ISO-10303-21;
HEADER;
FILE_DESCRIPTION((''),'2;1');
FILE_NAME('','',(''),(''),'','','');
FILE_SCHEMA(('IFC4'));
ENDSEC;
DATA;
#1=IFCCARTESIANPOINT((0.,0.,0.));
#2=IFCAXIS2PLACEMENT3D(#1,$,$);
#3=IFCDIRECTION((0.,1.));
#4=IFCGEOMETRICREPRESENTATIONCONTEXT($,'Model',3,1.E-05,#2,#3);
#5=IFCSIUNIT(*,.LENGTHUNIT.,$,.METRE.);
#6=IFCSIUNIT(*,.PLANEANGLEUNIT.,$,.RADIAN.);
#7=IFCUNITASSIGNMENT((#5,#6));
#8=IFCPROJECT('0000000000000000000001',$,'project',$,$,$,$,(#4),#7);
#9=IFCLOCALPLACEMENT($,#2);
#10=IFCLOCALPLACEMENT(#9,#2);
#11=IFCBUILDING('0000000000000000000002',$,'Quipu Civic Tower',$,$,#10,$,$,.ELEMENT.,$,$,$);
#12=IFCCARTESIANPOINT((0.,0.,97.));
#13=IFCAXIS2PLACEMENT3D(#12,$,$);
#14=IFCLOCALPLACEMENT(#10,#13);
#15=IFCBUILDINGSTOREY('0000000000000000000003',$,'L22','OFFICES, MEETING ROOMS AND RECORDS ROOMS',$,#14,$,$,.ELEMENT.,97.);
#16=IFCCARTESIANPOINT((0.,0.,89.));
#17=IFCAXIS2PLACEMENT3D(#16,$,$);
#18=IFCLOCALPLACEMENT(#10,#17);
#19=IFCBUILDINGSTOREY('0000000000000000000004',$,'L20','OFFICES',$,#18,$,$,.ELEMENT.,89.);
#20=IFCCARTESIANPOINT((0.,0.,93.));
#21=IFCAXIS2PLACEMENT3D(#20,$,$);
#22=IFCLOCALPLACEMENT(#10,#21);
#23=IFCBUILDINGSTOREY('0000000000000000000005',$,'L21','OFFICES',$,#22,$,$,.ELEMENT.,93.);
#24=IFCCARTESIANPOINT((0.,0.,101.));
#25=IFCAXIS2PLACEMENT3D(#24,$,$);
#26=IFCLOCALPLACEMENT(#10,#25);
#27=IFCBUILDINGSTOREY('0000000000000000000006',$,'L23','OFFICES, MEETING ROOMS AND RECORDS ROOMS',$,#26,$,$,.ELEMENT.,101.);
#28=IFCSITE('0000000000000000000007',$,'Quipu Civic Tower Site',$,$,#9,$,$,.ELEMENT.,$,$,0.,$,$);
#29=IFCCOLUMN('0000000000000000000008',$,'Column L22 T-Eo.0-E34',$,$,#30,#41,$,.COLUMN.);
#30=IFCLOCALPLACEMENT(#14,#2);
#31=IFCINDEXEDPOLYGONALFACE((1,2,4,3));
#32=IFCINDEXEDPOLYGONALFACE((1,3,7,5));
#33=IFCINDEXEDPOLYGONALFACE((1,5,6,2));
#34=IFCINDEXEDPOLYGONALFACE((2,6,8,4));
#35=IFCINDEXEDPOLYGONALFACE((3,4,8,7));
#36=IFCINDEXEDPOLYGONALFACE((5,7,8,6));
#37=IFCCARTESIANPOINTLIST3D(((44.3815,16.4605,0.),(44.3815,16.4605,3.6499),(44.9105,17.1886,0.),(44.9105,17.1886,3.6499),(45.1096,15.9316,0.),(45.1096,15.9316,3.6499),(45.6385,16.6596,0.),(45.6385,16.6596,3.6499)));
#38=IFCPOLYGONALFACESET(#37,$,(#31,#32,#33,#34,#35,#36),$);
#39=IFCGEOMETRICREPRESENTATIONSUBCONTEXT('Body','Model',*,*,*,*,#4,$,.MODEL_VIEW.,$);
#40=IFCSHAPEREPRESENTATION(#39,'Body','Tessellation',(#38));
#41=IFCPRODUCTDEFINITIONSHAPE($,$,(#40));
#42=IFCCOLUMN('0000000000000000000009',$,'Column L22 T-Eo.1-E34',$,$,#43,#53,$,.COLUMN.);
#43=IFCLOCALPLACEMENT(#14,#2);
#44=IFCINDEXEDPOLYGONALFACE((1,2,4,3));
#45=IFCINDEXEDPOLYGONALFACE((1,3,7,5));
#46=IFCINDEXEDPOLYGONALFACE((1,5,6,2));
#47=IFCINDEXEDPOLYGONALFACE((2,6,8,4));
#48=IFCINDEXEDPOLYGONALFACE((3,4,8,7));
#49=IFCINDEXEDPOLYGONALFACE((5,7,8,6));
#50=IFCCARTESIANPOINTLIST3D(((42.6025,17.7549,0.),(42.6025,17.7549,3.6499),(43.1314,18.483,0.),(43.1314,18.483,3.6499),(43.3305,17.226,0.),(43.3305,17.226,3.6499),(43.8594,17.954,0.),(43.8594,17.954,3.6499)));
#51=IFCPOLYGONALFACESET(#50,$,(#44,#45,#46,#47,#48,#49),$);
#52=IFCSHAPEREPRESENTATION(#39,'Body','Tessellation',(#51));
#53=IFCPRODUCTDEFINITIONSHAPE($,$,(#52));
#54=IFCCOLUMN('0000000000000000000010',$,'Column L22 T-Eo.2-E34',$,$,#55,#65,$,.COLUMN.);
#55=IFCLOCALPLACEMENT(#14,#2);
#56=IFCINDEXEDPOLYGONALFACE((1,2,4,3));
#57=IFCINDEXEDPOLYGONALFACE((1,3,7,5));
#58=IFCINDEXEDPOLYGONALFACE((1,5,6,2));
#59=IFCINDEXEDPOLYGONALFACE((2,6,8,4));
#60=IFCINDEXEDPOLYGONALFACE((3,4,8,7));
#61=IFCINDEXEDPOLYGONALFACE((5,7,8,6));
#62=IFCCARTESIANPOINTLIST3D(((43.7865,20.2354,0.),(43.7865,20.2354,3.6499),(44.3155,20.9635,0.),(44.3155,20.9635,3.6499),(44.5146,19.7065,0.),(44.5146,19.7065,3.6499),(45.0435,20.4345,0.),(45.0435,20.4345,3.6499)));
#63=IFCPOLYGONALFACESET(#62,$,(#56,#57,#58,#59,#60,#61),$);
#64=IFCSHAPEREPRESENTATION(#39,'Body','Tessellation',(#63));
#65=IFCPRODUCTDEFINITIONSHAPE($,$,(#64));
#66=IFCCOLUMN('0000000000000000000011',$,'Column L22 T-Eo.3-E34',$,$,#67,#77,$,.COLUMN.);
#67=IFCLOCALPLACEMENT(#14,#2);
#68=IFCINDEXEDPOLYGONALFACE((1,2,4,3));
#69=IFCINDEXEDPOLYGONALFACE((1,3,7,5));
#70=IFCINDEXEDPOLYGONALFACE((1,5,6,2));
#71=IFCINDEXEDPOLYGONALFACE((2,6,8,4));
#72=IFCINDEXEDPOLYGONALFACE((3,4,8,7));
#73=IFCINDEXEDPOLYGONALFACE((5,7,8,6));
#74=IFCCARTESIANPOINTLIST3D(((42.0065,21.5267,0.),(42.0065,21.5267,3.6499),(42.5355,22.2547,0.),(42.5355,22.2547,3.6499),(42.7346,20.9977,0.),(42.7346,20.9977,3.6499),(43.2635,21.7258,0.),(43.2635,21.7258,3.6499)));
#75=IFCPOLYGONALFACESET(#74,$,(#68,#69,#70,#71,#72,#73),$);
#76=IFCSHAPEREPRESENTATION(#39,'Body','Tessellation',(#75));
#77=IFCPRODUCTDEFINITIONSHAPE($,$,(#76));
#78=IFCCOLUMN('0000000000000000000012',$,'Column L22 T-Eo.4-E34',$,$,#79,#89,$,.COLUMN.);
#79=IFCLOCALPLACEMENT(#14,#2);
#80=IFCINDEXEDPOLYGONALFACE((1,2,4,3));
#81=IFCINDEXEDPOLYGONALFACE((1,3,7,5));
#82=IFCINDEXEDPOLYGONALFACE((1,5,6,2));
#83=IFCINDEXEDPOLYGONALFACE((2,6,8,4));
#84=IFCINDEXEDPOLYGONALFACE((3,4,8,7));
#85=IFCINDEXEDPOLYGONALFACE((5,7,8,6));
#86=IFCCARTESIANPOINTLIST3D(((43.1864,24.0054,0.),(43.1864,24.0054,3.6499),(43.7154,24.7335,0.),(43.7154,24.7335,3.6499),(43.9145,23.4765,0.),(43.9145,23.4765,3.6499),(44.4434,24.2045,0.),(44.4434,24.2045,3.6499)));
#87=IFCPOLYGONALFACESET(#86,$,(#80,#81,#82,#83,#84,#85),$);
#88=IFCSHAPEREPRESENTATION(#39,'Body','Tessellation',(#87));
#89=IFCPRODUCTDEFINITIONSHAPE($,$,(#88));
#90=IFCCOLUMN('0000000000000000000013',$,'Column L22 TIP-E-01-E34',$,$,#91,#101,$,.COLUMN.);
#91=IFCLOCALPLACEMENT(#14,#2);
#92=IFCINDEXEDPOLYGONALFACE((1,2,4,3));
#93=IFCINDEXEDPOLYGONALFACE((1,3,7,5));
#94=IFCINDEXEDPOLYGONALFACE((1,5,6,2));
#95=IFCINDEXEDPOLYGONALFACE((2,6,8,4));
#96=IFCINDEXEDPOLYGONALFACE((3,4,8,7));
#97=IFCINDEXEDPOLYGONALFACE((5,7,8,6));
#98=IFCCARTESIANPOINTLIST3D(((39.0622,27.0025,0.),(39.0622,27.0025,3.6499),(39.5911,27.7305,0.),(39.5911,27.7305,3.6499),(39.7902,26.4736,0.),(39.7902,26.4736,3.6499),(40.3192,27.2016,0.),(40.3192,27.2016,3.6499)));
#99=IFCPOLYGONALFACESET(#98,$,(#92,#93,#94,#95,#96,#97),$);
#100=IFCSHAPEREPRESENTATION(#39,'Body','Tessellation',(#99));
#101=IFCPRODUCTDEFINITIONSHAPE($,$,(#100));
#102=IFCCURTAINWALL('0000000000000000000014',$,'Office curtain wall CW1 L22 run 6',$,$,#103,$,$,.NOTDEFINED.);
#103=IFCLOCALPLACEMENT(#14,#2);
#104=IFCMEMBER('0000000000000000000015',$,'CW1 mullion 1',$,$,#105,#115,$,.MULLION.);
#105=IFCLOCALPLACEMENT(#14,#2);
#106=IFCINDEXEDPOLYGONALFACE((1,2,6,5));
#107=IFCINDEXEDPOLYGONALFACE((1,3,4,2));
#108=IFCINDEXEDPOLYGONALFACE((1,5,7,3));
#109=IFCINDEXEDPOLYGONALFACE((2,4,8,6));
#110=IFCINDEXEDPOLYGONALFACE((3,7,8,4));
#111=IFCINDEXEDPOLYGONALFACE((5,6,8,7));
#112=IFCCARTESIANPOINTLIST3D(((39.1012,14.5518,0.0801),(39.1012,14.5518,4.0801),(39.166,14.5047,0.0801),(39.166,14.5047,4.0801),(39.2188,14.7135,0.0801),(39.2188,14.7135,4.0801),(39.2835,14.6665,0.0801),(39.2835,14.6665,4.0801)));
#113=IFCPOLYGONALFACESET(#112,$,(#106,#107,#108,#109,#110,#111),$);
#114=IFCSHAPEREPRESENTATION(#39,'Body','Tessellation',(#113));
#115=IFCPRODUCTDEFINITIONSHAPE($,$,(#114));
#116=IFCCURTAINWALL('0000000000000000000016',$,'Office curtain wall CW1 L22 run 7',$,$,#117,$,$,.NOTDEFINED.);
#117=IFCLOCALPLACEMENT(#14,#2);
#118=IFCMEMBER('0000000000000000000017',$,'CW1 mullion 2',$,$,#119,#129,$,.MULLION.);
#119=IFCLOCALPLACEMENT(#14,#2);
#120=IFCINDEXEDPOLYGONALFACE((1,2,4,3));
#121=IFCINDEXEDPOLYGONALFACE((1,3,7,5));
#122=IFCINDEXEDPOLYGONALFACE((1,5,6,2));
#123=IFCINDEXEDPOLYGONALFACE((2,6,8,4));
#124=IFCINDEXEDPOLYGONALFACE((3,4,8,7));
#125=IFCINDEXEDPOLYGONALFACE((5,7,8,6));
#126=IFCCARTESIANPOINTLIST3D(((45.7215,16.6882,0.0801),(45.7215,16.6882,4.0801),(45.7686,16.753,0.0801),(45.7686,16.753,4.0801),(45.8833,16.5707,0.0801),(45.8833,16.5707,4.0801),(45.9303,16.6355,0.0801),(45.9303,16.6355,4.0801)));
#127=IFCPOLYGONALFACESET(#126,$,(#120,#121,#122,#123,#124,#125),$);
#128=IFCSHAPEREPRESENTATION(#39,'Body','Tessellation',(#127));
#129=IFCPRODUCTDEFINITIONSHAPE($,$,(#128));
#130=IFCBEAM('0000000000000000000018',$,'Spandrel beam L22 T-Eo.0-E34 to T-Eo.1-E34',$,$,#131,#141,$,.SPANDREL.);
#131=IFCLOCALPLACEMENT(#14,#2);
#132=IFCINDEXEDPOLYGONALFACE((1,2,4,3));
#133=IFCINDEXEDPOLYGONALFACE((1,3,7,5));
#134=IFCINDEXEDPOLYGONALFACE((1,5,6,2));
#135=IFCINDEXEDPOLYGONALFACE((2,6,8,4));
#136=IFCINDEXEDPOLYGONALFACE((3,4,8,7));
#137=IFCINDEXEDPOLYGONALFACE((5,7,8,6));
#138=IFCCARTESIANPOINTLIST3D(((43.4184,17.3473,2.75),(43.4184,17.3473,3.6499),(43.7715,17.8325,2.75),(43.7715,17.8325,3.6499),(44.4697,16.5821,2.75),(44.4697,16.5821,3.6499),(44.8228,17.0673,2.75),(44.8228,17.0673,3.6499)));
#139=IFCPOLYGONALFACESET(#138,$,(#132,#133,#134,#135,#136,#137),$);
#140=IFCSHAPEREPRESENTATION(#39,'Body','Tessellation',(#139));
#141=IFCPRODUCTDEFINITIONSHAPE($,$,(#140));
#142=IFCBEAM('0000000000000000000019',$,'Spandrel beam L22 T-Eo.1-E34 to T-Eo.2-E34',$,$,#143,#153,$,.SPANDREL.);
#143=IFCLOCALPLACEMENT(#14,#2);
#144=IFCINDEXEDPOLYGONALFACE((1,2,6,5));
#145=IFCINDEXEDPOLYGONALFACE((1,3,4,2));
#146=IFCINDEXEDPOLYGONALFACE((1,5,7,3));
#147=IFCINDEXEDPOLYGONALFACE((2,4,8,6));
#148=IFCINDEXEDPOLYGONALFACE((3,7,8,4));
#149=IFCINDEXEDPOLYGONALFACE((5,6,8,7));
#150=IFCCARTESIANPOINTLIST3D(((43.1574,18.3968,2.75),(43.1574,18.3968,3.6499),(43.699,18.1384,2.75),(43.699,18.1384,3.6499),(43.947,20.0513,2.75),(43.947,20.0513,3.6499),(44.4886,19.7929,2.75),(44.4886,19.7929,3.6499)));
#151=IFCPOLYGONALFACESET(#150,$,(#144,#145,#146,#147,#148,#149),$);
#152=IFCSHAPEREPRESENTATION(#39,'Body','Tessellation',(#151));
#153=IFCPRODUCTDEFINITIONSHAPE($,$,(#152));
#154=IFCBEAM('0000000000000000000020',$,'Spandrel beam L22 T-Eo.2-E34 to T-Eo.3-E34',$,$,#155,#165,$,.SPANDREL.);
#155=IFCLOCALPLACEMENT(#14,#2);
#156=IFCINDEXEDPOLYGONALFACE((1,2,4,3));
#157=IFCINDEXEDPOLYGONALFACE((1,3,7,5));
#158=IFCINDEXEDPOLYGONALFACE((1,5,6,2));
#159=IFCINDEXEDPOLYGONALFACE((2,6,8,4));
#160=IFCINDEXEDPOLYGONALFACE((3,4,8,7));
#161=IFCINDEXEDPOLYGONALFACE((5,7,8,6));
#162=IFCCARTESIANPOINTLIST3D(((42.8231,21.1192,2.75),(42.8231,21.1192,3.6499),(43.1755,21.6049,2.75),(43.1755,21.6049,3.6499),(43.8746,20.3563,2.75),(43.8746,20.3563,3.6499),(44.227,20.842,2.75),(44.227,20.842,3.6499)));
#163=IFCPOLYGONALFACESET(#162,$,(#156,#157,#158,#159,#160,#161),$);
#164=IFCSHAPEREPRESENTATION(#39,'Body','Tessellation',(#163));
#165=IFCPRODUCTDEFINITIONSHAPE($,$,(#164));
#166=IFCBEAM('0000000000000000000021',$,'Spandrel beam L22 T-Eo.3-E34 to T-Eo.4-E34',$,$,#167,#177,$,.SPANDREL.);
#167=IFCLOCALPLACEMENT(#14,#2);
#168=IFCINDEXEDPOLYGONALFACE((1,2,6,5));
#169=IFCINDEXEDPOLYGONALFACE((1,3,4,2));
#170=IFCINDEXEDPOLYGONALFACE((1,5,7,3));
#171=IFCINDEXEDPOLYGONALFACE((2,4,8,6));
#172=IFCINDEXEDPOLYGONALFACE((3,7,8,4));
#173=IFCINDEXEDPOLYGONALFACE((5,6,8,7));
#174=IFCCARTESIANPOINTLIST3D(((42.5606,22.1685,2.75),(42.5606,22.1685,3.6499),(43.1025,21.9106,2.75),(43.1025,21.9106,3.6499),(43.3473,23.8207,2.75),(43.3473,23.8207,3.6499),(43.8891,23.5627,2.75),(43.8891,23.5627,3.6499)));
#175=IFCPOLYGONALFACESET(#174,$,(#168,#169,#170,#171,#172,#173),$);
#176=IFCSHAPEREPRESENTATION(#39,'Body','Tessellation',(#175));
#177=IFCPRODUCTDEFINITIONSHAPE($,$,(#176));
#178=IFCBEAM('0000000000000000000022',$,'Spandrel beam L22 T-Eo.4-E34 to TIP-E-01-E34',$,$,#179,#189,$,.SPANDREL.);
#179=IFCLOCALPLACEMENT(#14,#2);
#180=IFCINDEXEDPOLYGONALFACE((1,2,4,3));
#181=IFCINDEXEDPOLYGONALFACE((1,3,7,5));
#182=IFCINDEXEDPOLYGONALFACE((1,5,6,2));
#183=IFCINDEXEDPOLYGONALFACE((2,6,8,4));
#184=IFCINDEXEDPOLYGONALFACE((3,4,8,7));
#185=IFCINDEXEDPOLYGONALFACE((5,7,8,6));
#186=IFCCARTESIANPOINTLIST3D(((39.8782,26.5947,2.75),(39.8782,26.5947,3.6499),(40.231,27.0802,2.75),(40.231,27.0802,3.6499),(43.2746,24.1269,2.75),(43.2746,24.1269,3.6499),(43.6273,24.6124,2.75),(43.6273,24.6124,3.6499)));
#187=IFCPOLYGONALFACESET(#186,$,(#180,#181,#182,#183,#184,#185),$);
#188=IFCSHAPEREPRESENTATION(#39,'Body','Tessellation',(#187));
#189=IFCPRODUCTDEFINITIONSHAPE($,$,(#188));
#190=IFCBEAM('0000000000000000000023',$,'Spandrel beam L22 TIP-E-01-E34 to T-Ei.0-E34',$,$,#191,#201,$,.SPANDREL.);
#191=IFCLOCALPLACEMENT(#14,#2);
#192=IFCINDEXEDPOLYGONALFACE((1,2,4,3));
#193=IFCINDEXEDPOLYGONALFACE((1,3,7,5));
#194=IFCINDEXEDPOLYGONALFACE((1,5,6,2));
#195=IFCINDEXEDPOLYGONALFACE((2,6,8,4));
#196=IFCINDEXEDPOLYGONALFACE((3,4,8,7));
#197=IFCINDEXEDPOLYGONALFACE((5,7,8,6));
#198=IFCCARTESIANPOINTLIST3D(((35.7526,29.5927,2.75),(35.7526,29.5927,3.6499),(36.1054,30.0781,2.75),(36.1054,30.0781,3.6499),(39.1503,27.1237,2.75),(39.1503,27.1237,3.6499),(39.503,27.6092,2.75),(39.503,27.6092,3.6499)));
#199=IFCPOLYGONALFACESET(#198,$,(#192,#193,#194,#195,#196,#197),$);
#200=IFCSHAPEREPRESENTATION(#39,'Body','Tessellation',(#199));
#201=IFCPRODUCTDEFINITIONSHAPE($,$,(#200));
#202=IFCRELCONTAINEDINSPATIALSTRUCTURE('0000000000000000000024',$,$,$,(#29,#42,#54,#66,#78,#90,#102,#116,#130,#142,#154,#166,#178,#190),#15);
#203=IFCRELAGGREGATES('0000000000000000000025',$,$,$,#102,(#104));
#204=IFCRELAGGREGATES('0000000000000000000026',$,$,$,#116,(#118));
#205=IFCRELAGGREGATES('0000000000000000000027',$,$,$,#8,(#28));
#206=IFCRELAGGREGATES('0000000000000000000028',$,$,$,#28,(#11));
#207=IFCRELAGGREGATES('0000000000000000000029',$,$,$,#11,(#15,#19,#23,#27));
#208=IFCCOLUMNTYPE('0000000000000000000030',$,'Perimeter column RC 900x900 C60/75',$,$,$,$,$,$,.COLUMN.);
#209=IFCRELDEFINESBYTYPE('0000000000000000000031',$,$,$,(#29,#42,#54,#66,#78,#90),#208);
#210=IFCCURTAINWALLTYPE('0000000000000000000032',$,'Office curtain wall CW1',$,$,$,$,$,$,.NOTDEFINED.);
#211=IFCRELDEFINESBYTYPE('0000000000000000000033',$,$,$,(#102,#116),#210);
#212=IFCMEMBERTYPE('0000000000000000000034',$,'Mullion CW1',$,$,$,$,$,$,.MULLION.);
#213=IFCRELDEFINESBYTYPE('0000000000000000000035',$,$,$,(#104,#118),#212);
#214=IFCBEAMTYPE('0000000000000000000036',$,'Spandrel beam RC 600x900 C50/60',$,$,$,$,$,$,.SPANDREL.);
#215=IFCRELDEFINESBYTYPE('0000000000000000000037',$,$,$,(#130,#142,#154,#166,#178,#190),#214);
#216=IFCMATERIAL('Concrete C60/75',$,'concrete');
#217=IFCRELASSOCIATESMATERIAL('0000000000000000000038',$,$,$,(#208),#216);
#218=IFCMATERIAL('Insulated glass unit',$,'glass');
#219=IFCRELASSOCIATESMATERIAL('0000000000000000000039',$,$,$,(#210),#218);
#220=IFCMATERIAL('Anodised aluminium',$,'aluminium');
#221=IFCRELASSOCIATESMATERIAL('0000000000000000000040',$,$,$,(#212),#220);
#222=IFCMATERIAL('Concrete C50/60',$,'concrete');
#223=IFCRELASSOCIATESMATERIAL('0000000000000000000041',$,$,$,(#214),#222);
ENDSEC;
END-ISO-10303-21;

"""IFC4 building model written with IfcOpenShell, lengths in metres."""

from ifc_helpers import new_model, si_unit, direction, frame, origin, origin_2d, place, context, subcontext, project, spatial, rectangle, extrude, material, material_profile, profile_set, type_object, element, aggregate, save


model = new_model("IFC4")

# Units and contexts
model_context = context("Model", 3, precision=1e-05, world=origin(), true_north=direction((0.0, 1.0)))
body_context = subcontext(model_context, "Body", "Model", "MODEL_VIEW")
ifc_project = project(units=[si_unit("LENGTHUNIT", "METRE"), si_unit("PLANEANGLEUNIT", "RADIAN")], contexts=[model_context])

# Site, building, storey
site_placement = place(None, origin())
site = spatial("IfcSite", under=ifc_project, at=site_placement, Name="Quipu Civic Tower Site", CompositionType="ELEMENT", RefElevation=0.0)
building_placement = place(site_placement, origin())
building = spatial("IfcBuilding", under=site, at=building_placement, Name="Quipu Civic Tower", CompositionType="ELEMENT")
storey_1_placement = place(building_placement, frame((0.0, 0.0, 97.0)))
storey_1 = spatial("IfcBuildingStorey", under=building, at=storey_1_placement, Name="L22", Description="OFFICES, MEETING ROOMS AND RECORDS ROOMS", CompositionType="ELEMENT", Elevation=97.0)

# Columns
ifc_material_1 = material(Name="Concrete C60/75", Category="concrete")
ifc_material_profile_1 = material_profile(ifc_material_1, rectangle(XDim=0.8999, YDim=0.8999, at=origin_2d()), Name="RC900x900")
ifc_profile_set_1 = profile_set([ifc_material_profile_1], Name="Concrete C60/75")
column_type = type_object("IfcColumnType", Name="Perimeter column RC 900x900 C60/75", PredefinedType="COLUMN", material=ifc_profile_set_1)
for number, where, z_axis, x_axis, name in (
    (1, (45.01, 16.5601, 0.0), (0.0, 0.0, 1.0), (0.587785, 0.809017, 0.0), "Column L22 T-Eo.0-E34"),
    (2, (43.231, 17.8545, 0.0), (0.0, 0.0, 1.0), (0.587785, 0.809017, 0.0), "Column L22 T-Eo.1-E34"),
    (3, (44.415, 20.335, 0.0), (0.0, 0.0, 1.0), (0.587785, 0.809017, 0.0), "Column L22 T-Eo.2-E34"),
    (4, (42.635, 21.6262, 0.0), (0.0, 0.0, 1.0), (-0.809017, 0.587785, 0.0), "Column L22 T-Eo.3-E34"),
    (5, (43.8149, 24.105, 0.0), (0.0, 0.0, 1.0), (-0.809017, 0.587785, 0.0), "Column L22 T-Eo.4-E34"),
    (6, (39.6907, 27.1021, 0.0), (0.0, 0.0, 1.0), (-0.809017, 0.587785, 0.0), "Column L22 TIP-E-01-E34"),
):
    element("IfcColumn", number, at=place(storey_1_placement, frame(where, z_axis=z_axis, x_axis=x_axis)), inside=storey_1, type_object=column_type, Name=name, PredefinedType="COLUMN", context=body_context, shape_type="SweptSolid", body=[
        extrude(rectangle(XDim=0.8999, YDim=0.8999, at=origin_2d()), origin(), (0.0, 0.0, 1.0), 3.6499),
    ])

# Curtain walls, members
ifc_material_2 = material(Name="Insulated glass unit", Category="glass")
curtain_wall_type = type_object("IfcCurtainWallType", Name="Office curtain wall CW1", PredefinedType="NOTDEFINED", material=ifc_material_2)
curtain_wall_1_placement = place(storey_1_placement, origin())
curtain_wall_1 = element("IfcCurtainWall", 7, at=curtain_wall_1_placement, inside=storey_1, type_object=curtain_wall_type, Name="Office curtain wall CW1 L22 run 6", PredefinedType="NOTDEFINED")
ifc_material_3 = material(Name="Anodised aluminium", Category="aluminium")
ifc_material_profile_2 = material_profile(ifc_material_3, rectangle(XDim=0.2, YDim=0.0801, at=origin_2d()), Name="RECT 200x80")
ifc_profile_set_2 = profile_set([ifc_material_profile_2], Name="Anodised aluminium")
member_type_1 = type_object("IfcMemberType", Name="Mullion CW1", PredefinedType="MULLION", material=ifc_profile_set_2)
member_1_placement = place(storey_1_placement, frame((39.1924, 14.6091, 0.0801), z_axis=(0.0, 0.0, 1.0), x_axis=(0.587782, 0.809019, 0.0)))
member_1 = element("IfcMember", 8, at=member_1_placement, type_object=member_type_1, Name="CW1 mullion 1", PredefinedType="MULLION", context=body_context, shape_type="SweptSolid", body=[
    extrude(rectangle(XDim=0.2, YDim=0.0801, at=origin_2d()), origin(), (0.0, 0.0, 1.0), 4.0),
])
curtain_wall_2_placement = place(storey_1_placement, origin())
curtain_wall_2 = element("IfcCurtainWall", 9, at=curtain_wall_2_placement, inside=storey_1, type_object=curtain_wall_type, Name="Office curtain wall CW1 L22 run 7", PredefinedType="NOTDEFINED")
member_2_placement = place(storey_1_placement, frame((45.8259, 16.6619, 0.0801), z_axis=(0.0, 0.0, 1.0), x_axis=(-0.809011, 0.587794, 0.0)))
member_2 = element("IfcMember", 10, at=member_2_placement, type_object=member_type_1, Name="CW1 mullion 2", PredefinedType="MULLION", context=body_context, shape_type="SweptSolid", body=[
    extrude(rectangle(XDim=0.2, YDim=0.0801, at=origin_2d()), origin(), (0.0, 0.0, 1.0), 4.0),
])

# Beams
ifc_material_4 = material(Name="Concrete C50/60", Category="concrete")
ifc_material_profile_3 = material_profile(ifc_material_4, rectangle(XDim=0.6001, YDim=0.8999, at=origin_2d()), Name="RC600x900")
ifc_profile_set_3 = profile_set([ifc_material_profile_3], Name="Concrete C50/60")
beam_type = type_object("IfcBeamType", Name="Spandrel beam RC 600x900 C50/60", PredefinedType="SPANDREL", material=ifc_profile_set_3)
beam_1_placement = place(storey_1_placement, frame((44.6462, 16.8247, 3.2), z_axis=(-0.808525, 0.588462, 0.0), x_axis=(-0.588462, -0.808525, 0.0)))
element("IfcBeam", 11, at=beam_1_placement, inside=storey_1, type_object=beam_type, Name="Spandrel beam L22 T-Eo.0-E34 to T-Eo.1-E34", PredefinedType="SPANDREL", context=body_context, shape_type="SweptSolid", body=[
    extrude(rectangle(XDim=0.6001, YDim=0.8999, at=origin_2d()), origin(), (0.0, 0.0, 1.0), 1.3003),
])
beam_2_placement = place(storey_1_placement, frame((43.4282, 18.2676, 3.2), z_axis=(0.430678, 0.902506, 0.0), x_axis=(-0.902506, 0.430678, 0.0)))
element("IfcBeam", 12, at=beam_2_placement, inside=storey_1, type_object=beam_type, Name="Spandrel beam L22 T-Eo.1-E34 to T-Eo.2-E34", PredefinedType="SPANDREL", context=body_context, shape_type="SweptSolid", body=[
    extrude(rectangle(XDim=0.6001, YDim=0.8999, at=origin_2d()), origin(), (0.0, 0.0, 1.0), 1.8333),
])
beam_3_placement = place(storey_1_placement, frame((44.0508, 20.5991, 3.2), z_axis=(-0.809394, 0.587266, 0.0), x_axis=(-0.587266, -0.809394, 0.0)))
element("IfcBeam", 13, at=beam_3_placement, inside=storey_1, type_object=beam_type, Name="Spandrel beam L22 T-Eo.2-E34 to T-Eo.3-E34", PredefinedType="SPANDREL", context=body_context, shape_type="SweptSolid", body=[
    extrude(rectangle(XDim=0.6001, YDim=0.8999, at=origin_2d()), origin(), (0.0, 0.0, 1.0), 1.2991),
])
beam_4_placement = place(storey_1_placement, frame((42.8315, 22.0396, 3.2), z_axis=(0.429892, 0.90288, 0.0), x_axis=(-0.90288, 0.429892, 0.0)))
element("IfcBeam", 14, at=beam_4_placement, inside=storey_1, type_object=beam_type, Name="Spandrel beam L22 T-Eo.3-E34 to T-Eo.4-E34", PredefinedType="SPANDREL", context=body_context, shape_type="SweptSolid", body=[
    extrude(rectangle(XDim=0.6001, YDim=0.8999, at=origin_2d()), origin(), (0.0, 0.0, 1.0), 1.8298),
])
beam_5_placement = place(storey_1_placement, frame((43.4509, 24.3696, 3.2), z_axis=(-0.808987, 0.587826, 0.0), x_axis=(-0.587826, -0.808987, 0.0)))
element("IfcBeam", 15, at=beam_5_placement, inside=storey_1, type_object=beam_type, Name="Spandrel beam L22 T-Eo.4-E34 to TIP-E-01-E34", PredefinedType="SPANDREL", context=body_context, shape_type="SweptSolid", body=[
    extrude(rectangle(XDim=0.6001, YDim=0.8999, at=origin_2d()), origin(), (0.0, 0.0, 1.0), 4.1982),
])
beam_6_placement = place(storey_1_placement, frame((39.3267, 27.3665, 3.2), z_axis=(-0.80897, 0.58785, 0.0), x_axis=(-0.58785, -0.80897, 0.0)))
element("IfcBeam", 16, at=beam_6_placement, inside=storey_1, type_object=beam_type, Name="Spandrel beam L22 TIP-E-01-E34 to T-Ei.0-E34", PredefinedType="SPANDREL", context=body_context, shape_type="SweptSolid", body=[
    extrude(rectangle(XDim=0.6001, YDim=0.8999, at=origin_2d()), origin(), (0.0, 0.0, 1.0), 4.2),
])

# Shared definitions
storey_2_placement = place(building_placement, frame((0.0, 0.0, 89.0)))
storey_2 = spatial("IfcBuildingStorey", under=building, at=storey_2_placement, Name="L20", Description="OFFICES", CompositionType="ELEMENT", Elevation=89.0)

# Shared definitions
storey_3_placement = place(building_placement, frame((0.0, 0.0, 93.0)))
storey_3 = spatial("IfcBuildingStorey", under=building, at=storey_3_placement, Name="L21", Description="OFFICES", CompositionType="ELEMENT", Elevation=93.0)

aggregate(curtain_wall_1, [member_1])

# Shared definitions
storey_4_placement = place(building_placement, frame((0.0, 0.0, 101.0)))
storey_4 = spatial("IfcBuildingStorey", under=building, at=storey_4_placement, Name="L23", Description="OFFICES, MEETING ROOMS AND RECORDS ROOMS", CompositionType="ELEMENT", Elevation=101.0)

aggregate(curtain_wall_2, [member_2])

save(model, "model.ifc")
